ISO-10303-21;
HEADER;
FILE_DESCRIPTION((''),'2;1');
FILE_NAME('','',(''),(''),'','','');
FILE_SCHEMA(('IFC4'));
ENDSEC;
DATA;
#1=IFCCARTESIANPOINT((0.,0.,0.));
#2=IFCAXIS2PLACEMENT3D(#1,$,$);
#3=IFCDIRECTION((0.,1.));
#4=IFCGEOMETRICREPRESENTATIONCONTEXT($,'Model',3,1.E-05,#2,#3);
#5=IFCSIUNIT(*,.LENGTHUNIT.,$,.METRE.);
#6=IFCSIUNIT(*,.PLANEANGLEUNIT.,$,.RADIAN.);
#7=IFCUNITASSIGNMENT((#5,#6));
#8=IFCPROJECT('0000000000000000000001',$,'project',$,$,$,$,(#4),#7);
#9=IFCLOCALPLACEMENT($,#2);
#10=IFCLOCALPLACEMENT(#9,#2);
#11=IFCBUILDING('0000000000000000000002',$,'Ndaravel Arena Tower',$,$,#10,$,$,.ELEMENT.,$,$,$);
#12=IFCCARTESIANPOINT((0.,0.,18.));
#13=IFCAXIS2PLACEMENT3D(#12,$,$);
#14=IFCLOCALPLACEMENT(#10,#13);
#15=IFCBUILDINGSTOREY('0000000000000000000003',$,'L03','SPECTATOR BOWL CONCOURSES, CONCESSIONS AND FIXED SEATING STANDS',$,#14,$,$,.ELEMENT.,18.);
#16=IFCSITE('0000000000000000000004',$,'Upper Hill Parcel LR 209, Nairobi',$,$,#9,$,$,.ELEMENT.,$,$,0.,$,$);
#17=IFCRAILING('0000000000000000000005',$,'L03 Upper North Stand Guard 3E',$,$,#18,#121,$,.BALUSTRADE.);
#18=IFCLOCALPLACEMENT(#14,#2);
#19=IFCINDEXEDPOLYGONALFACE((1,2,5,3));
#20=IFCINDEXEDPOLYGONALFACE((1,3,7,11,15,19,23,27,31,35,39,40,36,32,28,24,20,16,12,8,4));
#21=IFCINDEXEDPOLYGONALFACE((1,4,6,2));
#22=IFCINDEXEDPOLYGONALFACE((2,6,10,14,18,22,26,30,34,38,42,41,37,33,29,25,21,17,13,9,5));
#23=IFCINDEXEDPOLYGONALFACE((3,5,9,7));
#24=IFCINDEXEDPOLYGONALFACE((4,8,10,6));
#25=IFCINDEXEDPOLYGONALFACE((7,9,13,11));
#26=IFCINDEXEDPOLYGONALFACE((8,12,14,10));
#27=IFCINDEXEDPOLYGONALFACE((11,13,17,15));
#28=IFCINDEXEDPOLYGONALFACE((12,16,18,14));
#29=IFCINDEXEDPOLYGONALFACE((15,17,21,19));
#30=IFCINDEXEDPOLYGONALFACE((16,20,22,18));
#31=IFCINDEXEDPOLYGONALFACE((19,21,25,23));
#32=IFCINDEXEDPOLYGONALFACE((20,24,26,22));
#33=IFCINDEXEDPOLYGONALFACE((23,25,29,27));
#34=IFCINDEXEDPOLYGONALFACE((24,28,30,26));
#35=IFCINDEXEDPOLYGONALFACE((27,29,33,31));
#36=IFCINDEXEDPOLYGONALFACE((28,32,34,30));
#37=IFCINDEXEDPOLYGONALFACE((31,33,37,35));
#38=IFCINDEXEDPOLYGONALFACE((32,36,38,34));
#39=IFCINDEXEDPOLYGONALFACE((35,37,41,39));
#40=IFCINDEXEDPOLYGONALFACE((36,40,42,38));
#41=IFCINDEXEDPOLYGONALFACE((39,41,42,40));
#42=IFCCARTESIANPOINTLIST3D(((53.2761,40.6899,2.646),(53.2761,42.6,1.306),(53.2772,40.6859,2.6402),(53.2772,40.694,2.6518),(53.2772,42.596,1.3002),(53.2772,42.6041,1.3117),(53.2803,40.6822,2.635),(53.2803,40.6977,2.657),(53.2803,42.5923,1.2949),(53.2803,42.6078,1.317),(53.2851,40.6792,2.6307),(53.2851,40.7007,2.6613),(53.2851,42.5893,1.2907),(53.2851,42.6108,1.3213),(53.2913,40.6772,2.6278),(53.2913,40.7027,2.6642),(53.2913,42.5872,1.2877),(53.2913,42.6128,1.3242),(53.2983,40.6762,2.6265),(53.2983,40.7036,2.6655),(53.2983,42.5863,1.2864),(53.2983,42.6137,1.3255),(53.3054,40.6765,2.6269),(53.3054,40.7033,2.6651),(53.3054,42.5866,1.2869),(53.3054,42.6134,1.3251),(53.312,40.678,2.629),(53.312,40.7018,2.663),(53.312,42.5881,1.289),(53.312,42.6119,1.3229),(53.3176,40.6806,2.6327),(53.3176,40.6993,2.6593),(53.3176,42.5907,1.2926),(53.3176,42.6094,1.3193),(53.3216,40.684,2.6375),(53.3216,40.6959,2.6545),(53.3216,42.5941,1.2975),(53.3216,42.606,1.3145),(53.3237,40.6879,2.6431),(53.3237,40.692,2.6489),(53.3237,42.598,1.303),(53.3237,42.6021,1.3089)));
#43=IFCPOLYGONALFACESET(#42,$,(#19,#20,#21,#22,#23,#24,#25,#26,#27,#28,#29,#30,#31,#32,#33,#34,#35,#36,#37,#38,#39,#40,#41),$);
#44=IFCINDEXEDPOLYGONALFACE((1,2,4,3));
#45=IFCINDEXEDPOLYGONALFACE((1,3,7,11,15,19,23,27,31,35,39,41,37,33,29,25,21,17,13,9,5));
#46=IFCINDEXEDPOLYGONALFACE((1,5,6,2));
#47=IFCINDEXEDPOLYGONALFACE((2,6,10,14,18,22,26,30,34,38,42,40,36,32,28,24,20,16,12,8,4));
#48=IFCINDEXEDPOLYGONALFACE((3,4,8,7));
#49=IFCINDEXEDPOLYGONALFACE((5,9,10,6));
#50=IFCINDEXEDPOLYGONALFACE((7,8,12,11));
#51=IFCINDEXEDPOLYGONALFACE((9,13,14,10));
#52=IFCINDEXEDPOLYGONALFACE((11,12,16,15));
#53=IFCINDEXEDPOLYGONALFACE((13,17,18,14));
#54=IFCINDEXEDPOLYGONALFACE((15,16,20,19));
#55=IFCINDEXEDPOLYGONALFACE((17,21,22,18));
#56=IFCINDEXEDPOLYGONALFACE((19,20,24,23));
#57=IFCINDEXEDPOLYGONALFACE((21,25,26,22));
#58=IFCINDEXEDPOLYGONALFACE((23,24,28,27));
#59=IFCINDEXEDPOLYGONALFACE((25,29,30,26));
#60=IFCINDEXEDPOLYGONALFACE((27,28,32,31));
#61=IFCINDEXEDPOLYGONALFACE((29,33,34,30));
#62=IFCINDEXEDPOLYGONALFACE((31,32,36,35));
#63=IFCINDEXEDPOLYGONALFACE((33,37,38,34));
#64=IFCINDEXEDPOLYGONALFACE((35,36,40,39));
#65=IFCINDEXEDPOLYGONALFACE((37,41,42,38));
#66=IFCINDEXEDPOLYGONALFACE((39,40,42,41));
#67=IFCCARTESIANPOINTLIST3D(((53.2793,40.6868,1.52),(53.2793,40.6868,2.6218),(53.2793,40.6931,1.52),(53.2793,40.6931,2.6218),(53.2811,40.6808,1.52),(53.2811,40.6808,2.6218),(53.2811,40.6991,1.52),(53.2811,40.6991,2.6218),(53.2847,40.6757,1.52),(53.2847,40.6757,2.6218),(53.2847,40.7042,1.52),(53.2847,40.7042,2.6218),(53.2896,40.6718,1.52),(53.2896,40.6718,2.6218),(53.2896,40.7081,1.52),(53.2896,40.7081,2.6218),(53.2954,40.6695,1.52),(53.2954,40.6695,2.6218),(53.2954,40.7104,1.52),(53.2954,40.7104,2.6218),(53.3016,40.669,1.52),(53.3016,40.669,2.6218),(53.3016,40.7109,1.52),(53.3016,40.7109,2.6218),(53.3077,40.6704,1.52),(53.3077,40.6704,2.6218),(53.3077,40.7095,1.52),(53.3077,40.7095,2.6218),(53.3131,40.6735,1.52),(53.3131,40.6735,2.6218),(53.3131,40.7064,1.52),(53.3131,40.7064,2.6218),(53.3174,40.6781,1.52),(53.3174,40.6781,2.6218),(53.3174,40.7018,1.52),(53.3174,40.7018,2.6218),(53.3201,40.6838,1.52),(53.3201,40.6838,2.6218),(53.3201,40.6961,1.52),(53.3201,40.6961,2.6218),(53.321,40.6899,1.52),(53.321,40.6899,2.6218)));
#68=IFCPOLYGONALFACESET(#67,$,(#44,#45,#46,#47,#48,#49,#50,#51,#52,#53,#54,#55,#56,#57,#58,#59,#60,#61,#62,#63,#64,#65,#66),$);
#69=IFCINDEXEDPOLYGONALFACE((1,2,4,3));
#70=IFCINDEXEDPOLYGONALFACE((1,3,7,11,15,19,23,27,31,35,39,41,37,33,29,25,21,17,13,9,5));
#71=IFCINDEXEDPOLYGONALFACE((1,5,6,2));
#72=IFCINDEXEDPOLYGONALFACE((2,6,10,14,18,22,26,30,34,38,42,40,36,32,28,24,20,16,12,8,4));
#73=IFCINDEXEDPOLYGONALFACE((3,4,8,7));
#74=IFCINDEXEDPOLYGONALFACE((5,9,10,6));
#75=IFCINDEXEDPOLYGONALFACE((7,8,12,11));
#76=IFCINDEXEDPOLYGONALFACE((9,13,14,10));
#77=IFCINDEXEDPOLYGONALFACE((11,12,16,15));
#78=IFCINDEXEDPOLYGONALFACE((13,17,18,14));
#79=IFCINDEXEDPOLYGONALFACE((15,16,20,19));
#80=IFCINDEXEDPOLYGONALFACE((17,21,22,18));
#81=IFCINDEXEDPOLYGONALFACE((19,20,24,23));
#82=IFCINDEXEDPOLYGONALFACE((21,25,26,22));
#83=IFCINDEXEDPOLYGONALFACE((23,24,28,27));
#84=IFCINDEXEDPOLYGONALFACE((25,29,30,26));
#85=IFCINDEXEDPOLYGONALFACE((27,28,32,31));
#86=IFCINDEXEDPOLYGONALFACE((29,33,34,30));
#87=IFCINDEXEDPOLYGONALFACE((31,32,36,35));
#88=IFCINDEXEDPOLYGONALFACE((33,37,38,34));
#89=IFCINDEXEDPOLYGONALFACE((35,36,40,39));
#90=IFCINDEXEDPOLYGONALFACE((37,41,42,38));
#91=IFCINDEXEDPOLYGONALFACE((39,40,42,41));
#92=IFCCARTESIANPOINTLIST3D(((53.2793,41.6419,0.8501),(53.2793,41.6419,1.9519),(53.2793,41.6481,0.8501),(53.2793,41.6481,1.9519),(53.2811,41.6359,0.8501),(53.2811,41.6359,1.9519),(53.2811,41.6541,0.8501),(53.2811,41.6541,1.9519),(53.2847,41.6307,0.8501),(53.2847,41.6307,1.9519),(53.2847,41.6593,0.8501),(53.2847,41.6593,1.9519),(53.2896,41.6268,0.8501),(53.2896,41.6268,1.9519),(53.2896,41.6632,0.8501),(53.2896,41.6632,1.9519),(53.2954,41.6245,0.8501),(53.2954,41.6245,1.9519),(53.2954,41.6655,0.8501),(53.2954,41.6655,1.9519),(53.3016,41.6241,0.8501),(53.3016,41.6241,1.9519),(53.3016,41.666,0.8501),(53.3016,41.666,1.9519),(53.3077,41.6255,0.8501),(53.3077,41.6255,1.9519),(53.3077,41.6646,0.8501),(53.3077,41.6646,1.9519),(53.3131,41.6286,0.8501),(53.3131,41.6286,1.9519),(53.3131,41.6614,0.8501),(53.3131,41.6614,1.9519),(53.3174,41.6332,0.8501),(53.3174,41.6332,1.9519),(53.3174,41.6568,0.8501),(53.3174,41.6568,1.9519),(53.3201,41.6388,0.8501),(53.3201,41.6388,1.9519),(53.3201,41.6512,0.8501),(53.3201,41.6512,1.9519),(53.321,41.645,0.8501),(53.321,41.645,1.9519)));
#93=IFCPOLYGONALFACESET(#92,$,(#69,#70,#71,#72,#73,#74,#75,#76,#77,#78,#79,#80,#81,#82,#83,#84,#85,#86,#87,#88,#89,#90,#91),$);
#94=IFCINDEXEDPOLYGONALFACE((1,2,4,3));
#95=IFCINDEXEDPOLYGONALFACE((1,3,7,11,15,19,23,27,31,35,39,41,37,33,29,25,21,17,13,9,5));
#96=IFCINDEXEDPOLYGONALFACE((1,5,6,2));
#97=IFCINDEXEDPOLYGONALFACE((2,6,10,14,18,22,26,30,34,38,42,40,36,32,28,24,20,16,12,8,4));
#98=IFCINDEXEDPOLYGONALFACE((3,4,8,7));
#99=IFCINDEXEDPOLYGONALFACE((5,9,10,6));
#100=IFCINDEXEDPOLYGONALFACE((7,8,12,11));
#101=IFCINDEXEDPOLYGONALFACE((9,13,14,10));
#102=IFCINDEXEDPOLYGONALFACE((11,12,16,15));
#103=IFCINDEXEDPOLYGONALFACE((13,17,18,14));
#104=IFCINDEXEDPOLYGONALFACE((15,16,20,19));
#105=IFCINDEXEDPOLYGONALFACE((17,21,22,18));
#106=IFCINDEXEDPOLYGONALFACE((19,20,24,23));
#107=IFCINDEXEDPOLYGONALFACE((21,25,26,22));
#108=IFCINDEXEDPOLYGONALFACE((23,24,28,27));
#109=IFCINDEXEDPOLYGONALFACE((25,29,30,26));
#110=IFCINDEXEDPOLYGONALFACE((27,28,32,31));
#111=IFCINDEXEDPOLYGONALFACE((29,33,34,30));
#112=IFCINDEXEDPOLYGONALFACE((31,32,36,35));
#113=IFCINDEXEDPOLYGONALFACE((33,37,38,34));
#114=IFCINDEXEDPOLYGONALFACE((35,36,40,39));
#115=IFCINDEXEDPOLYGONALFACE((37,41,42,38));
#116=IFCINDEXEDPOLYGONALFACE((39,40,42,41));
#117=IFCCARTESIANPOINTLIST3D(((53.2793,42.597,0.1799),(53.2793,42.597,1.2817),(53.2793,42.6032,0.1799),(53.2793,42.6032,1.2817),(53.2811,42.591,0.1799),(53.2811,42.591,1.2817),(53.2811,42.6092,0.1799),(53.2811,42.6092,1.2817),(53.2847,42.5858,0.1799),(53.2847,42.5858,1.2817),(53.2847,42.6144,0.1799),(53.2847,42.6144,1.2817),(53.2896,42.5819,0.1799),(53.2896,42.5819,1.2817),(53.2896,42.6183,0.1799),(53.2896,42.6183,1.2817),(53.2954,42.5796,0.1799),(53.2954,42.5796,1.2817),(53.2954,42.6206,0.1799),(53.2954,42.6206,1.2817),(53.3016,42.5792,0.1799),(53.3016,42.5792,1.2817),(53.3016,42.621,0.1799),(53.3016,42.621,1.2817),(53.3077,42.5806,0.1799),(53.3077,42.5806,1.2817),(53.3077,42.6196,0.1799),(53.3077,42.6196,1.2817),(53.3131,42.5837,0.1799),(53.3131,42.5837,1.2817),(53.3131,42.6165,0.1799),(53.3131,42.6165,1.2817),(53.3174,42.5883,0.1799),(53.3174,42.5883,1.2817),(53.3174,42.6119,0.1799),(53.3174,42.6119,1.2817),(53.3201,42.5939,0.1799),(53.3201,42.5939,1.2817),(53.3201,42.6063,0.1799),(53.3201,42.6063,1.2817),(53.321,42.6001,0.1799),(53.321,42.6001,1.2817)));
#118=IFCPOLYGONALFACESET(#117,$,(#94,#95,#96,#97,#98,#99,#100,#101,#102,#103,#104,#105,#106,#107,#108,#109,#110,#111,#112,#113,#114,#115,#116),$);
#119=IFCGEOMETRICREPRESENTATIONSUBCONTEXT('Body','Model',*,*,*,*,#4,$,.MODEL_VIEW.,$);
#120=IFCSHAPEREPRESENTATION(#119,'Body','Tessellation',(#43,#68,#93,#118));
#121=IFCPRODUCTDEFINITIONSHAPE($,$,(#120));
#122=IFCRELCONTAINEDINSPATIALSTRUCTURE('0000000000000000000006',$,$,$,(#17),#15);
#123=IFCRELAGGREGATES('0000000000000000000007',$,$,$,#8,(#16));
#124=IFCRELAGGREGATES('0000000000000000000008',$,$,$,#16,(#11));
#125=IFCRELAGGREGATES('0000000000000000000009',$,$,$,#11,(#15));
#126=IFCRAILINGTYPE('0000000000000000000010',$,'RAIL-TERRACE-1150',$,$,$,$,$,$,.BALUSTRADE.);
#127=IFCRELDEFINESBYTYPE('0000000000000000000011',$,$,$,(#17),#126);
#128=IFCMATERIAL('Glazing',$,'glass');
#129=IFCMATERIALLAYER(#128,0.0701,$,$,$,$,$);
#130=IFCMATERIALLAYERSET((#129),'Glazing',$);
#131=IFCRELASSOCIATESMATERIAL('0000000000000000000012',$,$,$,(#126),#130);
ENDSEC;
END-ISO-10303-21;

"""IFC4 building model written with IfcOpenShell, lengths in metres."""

from ifc_helpers import new_model, si_unit, direction, frame, origin, origin_2d, place, context, subcontext, project, spatial, circle, extrude, material, layer, layer_set, type_object, element, save


model = new_model("IFC4")

# Units and contexts
model_context = context("Model", 3, precision=1e-05, world=origin(), true_north=direction((0.0, 1.0)))
body_context = subcontext(model_context, "Body", "Model", "MODEL_VIEW")
ifc_project = project(units=[si_unit("LENGTHUNIT", "METRE"), si_unit("PLANEANGLEUNIT", "RADIAN")], contexts=[model_context])

# Site, building, storey
site_placement = place(None, origin())
site = spatial("IfcSite", under=ifc_project, at=site_placement, Name="Upper Hill Parcel LR 209, Nairobi", CompositionType="ELEMENT", RefElevation=0.0)
building_placement = place(site_placement, origin())
building = spatial("IfcBuilding", under=site, at=building_placement, Name="Ndaravel Arena Tower", CompositionType="ELEMENT")
storey_placement = place(building_placement, frame((0.0, 0.0, 18.0)))
storey = spatial("IfcBuildingStorey", under=building, at=storey_placement, Name="L03", Description="SPECTATOR BOWL CONCOURSES, CONCESSIONS AND FIXED SEATING STANDS", CompositionType="ELEMENT", Elevation=18.0)

# Railing
ifc_material_1 = material(Name="Glazing", Category="glass")
ifc_layer_1 = layer(ifc_material_1, 0.0701)
ifc_layer_set_1 = layer_set([ifc_layer_1], Name="Glazing")
railing_type = type_object("IfcRailingType", Name="RAIL-TERRACE-1150", PredefinedType="BALUSTRADE", material=ifc_layer_set_1)
railing_1_placement = place(storey_placement, frame((53.3, 40.6899, 1.52)))
element("IfcRailing", 1, at=railing_1_placement, inside=storey, type_object=railing_type, Name="L03 Upper North Stand Guard 3E", PredefinedType="BALUSTRADE", context=body_context, shape_type="SweptSolid", body=[
    extrude(circle(Radius=0.0239, at=origin_2d()), frame((0.0, 0.0, 1.126), z_axis=(0.0, 0.818632, -0.574319), x_axis=(-1.0, 0.0, 0.0)), (0.0, 0.0, 1.0), 2.3333),
    extrude(circle(Radius=0.021, at=origin_2d()), origin(), (0.0, 0.0, 1.0), 1.1018),
    extrude(circle(Radius=0.021, at=origin_2d()), frame((0.0, 0.9551, -0.6699)), (0.0, 0.0, 1.0), 1.1018),
    extrude(circle(Radius=0.021, at=origin_2d()), frame((0.0, 1.9102, -1.3401)), (0.0, 0.0, 1.0), 1.1018),
])

save(model, "model.ifc")
